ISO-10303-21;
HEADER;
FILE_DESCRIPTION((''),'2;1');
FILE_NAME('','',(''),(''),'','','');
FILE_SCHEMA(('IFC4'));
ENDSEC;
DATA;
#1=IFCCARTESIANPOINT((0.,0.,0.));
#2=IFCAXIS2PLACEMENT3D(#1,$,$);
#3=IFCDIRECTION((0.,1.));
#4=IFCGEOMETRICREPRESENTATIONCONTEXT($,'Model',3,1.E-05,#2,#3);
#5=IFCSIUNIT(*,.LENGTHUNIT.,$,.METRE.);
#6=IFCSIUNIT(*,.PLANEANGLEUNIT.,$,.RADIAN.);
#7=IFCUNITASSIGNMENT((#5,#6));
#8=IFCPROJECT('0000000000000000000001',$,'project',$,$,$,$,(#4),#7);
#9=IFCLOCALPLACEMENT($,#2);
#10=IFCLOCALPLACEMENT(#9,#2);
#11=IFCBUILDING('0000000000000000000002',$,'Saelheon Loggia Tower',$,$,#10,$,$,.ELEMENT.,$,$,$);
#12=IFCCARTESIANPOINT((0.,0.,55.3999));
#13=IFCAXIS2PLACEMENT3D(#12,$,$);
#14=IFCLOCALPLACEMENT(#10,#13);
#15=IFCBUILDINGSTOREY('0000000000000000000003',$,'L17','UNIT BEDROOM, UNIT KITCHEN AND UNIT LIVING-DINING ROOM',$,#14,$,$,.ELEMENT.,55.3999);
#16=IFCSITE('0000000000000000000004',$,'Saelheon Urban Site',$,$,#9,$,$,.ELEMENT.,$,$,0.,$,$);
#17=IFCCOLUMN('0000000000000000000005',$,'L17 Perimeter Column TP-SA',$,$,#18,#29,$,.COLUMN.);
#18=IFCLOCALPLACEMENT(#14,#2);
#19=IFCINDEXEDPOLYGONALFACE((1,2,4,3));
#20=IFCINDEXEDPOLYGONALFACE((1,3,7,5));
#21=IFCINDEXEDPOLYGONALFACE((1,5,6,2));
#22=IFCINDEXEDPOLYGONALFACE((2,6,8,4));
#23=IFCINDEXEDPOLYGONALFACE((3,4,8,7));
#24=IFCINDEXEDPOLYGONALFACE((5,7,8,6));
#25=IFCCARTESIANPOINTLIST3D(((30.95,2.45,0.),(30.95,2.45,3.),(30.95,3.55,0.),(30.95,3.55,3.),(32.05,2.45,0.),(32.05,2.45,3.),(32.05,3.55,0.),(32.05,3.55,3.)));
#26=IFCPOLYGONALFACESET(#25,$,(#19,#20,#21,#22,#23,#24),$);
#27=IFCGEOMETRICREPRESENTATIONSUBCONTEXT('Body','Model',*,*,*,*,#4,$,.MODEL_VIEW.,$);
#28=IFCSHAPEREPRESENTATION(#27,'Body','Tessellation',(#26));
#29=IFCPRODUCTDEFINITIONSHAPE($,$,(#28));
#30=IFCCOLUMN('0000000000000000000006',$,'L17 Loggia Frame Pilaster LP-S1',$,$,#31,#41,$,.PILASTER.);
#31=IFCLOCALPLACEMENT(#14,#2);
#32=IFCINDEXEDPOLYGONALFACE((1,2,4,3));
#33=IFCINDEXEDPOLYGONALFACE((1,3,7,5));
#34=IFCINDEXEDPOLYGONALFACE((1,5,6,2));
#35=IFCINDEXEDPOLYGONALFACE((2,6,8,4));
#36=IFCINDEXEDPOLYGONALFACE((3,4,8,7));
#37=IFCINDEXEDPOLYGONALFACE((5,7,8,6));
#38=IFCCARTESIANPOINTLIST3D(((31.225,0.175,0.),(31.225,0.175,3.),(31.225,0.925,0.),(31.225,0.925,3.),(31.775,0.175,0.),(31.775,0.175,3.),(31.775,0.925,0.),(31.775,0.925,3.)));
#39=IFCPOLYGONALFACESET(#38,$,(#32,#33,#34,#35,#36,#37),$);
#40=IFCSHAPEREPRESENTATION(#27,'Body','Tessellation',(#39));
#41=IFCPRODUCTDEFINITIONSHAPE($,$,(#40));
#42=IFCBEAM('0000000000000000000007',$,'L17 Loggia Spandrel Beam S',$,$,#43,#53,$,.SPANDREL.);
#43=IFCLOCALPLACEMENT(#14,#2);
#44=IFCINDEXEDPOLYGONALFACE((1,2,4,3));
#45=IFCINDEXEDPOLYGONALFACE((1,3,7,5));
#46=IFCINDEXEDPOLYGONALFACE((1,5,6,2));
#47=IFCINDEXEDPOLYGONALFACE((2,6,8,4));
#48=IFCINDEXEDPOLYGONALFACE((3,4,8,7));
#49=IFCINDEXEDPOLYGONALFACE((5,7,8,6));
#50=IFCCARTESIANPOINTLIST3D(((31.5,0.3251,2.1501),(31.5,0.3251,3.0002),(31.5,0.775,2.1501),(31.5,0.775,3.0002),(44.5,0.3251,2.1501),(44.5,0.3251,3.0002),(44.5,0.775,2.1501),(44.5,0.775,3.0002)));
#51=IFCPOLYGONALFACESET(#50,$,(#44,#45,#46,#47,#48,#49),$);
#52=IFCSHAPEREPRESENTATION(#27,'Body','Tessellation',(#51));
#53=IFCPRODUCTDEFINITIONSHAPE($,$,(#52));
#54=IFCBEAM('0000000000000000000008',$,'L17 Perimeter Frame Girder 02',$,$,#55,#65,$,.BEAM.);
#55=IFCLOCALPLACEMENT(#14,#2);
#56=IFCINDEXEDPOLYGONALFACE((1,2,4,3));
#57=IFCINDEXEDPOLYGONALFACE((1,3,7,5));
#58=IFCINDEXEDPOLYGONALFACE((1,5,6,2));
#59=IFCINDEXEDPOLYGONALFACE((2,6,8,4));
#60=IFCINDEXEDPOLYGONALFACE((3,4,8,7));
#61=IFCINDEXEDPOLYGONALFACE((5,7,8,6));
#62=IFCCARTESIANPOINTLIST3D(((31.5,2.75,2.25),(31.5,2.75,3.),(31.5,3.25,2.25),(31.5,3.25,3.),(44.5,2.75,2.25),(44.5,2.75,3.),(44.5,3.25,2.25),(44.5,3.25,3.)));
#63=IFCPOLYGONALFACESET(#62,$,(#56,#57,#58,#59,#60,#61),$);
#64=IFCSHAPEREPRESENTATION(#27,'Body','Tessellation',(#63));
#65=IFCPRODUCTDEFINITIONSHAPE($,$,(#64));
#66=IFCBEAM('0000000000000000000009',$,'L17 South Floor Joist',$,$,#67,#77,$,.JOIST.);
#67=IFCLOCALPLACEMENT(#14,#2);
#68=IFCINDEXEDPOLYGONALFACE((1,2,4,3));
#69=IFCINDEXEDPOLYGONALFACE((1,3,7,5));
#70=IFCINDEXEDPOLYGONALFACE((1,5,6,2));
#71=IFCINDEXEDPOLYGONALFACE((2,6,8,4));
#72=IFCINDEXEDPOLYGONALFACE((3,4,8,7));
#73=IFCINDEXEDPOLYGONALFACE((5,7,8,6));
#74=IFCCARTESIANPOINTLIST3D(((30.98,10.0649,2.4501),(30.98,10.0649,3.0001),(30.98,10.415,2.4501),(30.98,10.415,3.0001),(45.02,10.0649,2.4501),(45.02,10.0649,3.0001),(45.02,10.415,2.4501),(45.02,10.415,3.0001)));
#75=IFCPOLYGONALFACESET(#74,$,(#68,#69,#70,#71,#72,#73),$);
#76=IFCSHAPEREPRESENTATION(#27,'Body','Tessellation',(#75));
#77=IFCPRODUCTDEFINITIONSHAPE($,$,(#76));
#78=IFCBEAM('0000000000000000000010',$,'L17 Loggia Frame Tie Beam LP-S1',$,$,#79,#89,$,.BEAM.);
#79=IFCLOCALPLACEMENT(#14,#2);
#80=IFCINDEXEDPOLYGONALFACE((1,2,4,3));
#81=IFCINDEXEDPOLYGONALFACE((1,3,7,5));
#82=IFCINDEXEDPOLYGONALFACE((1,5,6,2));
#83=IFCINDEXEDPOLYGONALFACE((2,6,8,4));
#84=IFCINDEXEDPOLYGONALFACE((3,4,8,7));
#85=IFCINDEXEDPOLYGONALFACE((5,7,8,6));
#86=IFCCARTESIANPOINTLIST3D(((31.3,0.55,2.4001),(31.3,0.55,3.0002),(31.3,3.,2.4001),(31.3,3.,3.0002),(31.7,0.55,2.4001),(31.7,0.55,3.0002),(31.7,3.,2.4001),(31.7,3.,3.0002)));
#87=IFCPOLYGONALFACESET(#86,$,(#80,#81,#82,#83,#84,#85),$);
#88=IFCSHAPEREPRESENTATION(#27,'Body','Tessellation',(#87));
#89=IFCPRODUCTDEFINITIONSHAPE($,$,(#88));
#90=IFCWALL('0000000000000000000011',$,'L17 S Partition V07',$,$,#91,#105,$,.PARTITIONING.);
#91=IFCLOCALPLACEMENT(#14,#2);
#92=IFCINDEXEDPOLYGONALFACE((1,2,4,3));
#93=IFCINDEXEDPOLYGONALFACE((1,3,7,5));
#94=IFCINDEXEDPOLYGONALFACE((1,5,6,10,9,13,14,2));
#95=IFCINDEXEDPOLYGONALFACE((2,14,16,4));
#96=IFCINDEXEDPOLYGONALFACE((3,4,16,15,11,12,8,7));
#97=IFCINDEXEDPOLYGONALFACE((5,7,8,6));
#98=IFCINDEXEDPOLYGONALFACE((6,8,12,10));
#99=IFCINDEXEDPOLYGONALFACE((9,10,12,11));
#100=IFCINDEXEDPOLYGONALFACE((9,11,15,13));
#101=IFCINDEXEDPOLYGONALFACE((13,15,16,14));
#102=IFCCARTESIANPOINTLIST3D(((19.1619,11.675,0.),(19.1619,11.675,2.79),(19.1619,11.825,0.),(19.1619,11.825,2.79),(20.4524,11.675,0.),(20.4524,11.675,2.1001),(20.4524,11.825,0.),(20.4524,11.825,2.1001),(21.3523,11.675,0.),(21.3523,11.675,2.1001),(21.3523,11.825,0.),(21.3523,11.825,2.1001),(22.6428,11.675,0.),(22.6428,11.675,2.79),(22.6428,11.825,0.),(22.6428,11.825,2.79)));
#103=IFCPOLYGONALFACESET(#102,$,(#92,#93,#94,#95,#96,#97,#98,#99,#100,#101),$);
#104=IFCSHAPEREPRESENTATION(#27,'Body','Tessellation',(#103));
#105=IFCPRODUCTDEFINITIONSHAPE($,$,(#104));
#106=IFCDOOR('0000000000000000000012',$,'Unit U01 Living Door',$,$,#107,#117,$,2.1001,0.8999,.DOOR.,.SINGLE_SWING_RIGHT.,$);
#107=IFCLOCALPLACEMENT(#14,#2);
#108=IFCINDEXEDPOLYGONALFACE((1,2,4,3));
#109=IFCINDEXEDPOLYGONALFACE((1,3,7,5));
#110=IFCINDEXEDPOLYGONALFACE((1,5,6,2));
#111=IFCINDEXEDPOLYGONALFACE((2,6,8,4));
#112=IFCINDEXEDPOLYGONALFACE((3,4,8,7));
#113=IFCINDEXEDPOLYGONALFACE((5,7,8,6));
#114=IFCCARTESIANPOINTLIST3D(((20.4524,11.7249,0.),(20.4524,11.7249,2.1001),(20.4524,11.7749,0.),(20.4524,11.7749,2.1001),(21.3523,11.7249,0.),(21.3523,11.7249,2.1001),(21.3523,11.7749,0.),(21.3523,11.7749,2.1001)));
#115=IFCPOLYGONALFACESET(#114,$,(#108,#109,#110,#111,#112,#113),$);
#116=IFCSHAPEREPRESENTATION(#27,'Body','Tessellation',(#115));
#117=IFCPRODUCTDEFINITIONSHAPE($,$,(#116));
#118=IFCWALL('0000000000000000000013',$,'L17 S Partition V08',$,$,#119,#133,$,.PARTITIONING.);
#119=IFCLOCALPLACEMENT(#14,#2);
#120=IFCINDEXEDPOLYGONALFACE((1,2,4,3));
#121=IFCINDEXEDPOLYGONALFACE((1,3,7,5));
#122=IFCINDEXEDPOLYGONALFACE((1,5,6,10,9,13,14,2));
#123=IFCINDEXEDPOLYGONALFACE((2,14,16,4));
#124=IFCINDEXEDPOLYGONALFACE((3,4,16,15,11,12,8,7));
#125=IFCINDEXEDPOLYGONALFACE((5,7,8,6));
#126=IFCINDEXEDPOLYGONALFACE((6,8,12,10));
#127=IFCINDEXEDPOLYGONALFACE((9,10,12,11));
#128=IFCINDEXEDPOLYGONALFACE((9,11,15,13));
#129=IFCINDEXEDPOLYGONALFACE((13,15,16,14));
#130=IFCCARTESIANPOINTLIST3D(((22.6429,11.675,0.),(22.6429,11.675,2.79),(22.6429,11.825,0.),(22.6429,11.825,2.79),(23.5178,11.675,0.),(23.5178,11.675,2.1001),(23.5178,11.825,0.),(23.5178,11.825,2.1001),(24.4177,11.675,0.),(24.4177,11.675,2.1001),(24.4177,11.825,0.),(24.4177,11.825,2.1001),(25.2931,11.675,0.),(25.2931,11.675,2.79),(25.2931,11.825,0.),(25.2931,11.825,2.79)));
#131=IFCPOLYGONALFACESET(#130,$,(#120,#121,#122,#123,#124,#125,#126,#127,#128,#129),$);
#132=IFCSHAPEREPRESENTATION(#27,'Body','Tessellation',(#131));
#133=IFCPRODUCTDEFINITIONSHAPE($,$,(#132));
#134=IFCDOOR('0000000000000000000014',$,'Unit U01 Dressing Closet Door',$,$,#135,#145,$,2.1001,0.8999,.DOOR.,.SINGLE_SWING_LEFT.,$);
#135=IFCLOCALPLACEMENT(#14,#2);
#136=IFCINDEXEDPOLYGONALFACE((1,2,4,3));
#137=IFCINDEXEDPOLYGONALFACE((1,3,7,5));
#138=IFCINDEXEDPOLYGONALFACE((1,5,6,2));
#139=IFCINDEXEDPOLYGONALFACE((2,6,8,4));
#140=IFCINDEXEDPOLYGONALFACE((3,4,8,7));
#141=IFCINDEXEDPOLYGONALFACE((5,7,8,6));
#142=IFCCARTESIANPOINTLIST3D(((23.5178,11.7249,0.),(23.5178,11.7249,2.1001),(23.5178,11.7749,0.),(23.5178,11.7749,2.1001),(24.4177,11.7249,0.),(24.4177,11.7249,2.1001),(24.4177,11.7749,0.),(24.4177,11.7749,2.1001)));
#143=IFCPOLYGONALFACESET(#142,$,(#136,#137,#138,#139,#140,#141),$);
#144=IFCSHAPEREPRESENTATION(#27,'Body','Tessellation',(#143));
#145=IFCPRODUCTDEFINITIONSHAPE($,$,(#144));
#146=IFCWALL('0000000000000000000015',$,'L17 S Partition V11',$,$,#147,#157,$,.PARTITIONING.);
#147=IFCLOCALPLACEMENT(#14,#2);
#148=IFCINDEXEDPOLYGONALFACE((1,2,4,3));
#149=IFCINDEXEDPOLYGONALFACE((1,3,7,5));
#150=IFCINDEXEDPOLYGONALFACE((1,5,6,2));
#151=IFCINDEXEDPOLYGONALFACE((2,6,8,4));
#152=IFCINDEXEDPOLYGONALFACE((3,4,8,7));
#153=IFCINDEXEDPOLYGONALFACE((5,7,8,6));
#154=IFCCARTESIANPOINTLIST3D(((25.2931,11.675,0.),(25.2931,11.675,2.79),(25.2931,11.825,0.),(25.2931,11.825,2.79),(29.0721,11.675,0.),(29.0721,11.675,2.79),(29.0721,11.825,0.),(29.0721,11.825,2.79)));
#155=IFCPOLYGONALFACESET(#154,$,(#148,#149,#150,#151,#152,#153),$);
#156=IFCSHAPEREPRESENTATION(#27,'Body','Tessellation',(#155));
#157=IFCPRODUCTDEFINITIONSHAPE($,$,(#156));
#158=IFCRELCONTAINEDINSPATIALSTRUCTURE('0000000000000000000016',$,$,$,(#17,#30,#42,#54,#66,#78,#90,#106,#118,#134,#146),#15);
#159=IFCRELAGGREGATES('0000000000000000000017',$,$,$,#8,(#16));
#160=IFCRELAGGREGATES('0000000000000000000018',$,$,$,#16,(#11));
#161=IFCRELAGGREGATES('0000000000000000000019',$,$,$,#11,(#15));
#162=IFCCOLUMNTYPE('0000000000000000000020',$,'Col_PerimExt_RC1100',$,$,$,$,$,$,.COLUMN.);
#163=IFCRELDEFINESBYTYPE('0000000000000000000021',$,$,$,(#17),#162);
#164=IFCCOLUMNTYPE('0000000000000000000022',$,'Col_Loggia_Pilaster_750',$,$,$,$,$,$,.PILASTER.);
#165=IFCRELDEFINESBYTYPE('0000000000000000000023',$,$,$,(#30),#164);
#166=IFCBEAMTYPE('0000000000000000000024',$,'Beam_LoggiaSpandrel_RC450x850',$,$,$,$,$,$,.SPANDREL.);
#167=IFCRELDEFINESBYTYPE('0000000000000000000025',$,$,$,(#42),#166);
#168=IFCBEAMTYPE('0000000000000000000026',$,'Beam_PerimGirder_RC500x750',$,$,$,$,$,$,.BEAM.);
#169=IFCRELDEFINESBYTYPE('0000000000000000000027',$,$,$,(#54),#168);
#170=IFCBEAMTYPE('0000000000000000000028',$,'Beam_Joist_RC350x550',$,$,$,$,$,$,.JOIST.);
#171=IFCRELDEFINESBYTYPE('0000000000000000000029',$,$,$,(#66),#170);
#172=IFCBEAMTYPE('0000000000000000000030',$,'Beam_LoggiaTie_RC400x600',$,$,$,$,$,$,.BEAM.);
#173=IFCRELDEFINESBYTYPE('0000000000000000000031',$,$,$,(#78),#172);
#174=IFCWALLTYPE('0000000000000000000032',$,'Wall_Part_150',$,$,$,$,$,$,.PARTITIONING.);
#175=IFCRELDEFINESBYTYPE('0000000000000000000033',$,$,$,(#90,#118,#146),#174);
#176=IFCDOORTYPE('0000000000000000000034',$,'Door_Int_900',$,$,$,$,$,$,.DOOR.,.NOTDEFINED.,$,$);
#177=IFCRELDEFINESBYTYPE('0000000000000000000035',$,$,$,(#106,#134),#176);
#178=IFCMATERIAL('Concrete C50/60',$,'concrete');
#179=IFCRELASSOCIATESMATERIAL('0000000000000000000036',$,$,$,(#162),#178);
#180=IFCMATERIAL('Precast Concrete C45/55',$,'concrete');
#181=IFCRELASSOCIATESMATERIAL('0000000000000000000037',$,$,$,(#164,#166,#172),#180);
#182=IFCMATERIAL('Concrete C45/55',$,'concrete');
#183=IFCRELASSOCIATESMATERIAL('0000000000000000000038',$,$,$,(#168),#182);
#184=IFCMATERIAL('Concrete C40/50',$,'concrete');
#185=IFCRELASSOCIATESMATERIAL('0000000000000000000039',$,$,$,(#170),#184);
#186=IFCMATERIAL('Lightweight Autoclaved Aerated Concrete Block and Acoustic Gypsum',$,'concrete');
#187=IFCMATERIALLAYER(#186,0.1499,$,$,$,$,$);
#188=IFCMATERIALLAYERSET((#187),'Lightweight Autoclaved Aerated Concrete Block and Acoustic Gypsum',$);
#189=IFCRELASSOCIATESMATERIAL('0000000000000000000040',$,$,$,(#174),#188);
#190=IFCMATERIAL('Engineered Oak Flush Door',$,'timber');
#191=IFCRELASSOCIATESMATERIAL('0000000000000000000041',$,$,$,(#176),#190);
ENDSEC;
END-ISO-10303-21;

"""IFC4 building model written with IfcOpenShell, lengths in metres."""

from ifc_helpers import new_model, si_unit, direction, frame, frame_2d, origin, origin_2d, place, context, subcontext, project, spatial, rectangle, extrude, source, transform, mapped, material, layer, layer_set, material_profile, profile_set, type_object, element, fill, save


model = new_model("IFC4")

# Units and contexts
model_context = context("Model", 3, precision=1e-05, world=origin(), true_north=direction((0.0, 1.0)))
body_context = subcontext(model_context, "Body", "Model", "MODEL_VIEW")
ifc_project = project(units=[si_unit("LENGTHUNIT", "METRE"), si_unit("PLANEANGLEUNIT", "RADIAN")], contexts=[model_context])

# Site, building, storey
site_placement = place(None, origin())
site = spatial("IfcSite", under=ifc_project, at=site_placement, Name="Saelheon Urban Site", CompositionType="ELEMENT", RefElevation=0.0)
building_placement = place(site_placement, origin())
building = spatial("IfcBuilding", under=site, at=building_placement, Name="Saelheon Loggia Tower", CompositionType="ELEMENT")
storey_placement = place(building_placement, frame((0.0, 0.0, 55.3999)))
storey = spatial("IfcBuildingStorey", under=building, at=storey_placement, Name="L17", Description="UNIT BEDROOM, UNIT KITCHEN AND UNIT LIVING-DINING ROOM", CompositionType="ELEMENT", Elevation=55.3999)

# Columns
ifc_material_1 = material(Name="Concrete C50/60", Category="concrete")
ifc_material_profile_1 = material_profile(ifc_material_1, rectangle(XDim=1.1001, YDim=1.1001, at=origin_2d()), Name="RC-1100x1100")
ifc_profile_set_1 = profile_set([ifc_material_profile_1], Name="Concrete C50/60")
column_type_1 = type_object("IfcColumnType", Name="Col_PerimExt_RC1100", PredefinedType="COLUMN", material=ifc_profile_set_1)
shared_shape_1 = source(origin(), body_context, "Body", "SweptSolid", [
    extrude(rectangle(XDim=1.1001, YDim=1.1001, at=origin_2d()), origin(), (0.0, 0.0, 1.0), 3.0),
])
column_1_placement = place(storey_placement, frame((31.5, 3.0, 0.0), z_axis=(0.0, 0.0, 1.0), x_axis=(1.0, 0.0, 0.0)))
element("IfcColumn", 1, at=column_1_placement, inside=storey, type_object=column_type_1, Name="L17 Perimeter Column TP-SA", PredefinedType="COLUMN", context=body_context, shape_type="MappedRepresentation", body=[
    mapped(shared_shape_1, transform((0.0, 0.0, 0.0), scale=1.0)),
])
ifc_material_2 = material(Name="Precast Concrete C45/55", Category="concrete")
ifc_material_profile_2 = material_profile(ifc_material_2, rectangle(XDim=0.55, YDim=0.75, at=origin_2d()), Name="RC-550x750")
ifc_profile_set_2 = profile_set([ifc_material_profile_2], Name="Precast Concrete C45/55")
column_type_2 = type_object("IfcColumnType", Name="Col_Loggia_Pilaster_750", PredefinedType="PILASTER", material=ifc_profile_set_2)
shared_shape_2 = source(origin(), body_context, "Body", "SweptSolid", [
    extrude(rectangle(XDim=0.55, YDim=0.75, at=origin_2d()), origin(), (0.0, 0.0, 1.0), 3.0),
])
column_2_placement = place(storey_placement, frame((31.5, 0.55, 0.0), z_axis=(0.0, 0.0, 1.0), x_axis=(1.0, 0.0, 0.0)))
element("IfcColumn", 2, at=column_2_placement, inside=storey, type_object=column_type_2, Name="L17 Loggia Frame Pilaster LP-S1", PredefinedType="PILASTER", context=body_context, shape_type="MappedRepresentation", body=[
    mapped(shared_shape_2, transform((0.0, 0.0, 0.0), scale=1.0)),
])

# Beams
ifc_material_profile_3 = material_profile(ifc_material_2, rectangle(XDim=0.45, YDim=0.8501, at=origin_2d()), Name="RC-450x850")
ifc_profile_set_3 = profile_set([ifc_material_profile_3], Name="Precast Concrete C45/55")
beam_type_1 = type_object("IfcBeamType", Name="Beam_LoggiaSpandrel_RC450x850", PredefinedType="SPANDREL", material=ifc_profile_set_3)
shared_shape_3 = source(origin(), body_context, "Body", "SweptSolid", [
    extrude(rectangle(XDim=0.45, YDim=0.8501, at=origin_2d()), origin(), (0.0, 0.0, 1.0), 13.0),
])
beam_1_placement = place(storey_placement, frame((31.5, 0.55, 2.5752), z_axis=(1.0, 0.0, 0.0), x_axis=(0.0, 1.0, 0.0)))
element("IfcBeam", 3, at=beam_1_placement, inside=storey, type_object=beam_type_1, Name="L17 Loggia Spandrel Beam S", PredefinedType="SPANDREL", context=body_context, shape_type="MappedRepresentation", body=[
    mapped(shared_shape_3, transform((0.0, 0.0, 0.0), scale=1.0)),
])
ifc_material_3 = material(Name="Concrete C45/55", Category="concrete")
ifc_material_profile_4 = material_profile(ifc_material_3, rectangle(XDim=0.5, YDim=0.75, at=origin_2d()), Name="RC-500x750")
ifc_profile_set_4 = profile_set([ifc_material_profile_4], Name="Concrete C45/55")
beam_type_2 = type_object("IfcBeamType", Name="Beam_PerimGirder_RC500x750", PredefinedType="BEAM", material=ifc_profile_set_4)
shared_shape_4 = source(origin(), body_context, "Body", "SweptSolid", [
    extrude(rectangle(XDim=0.5, YDim=0.75, at=origin_2d()), origin(), (0.0, 0.0, 1.0), 13.0),
])
beam_2_placement = place(storey_placement, frame((31.5, 3.0, 2.625), z_axis=(1.0, 0.0, 0.0), x_axis=(0.0, 1.0, 0.0)))
element("IfcBeam", 4, at=beam_2_placement, inside=storey, type_object=beam_type_2, Name="L17 Perimeter Frame Girder 02", PredefinedType="BEAM", context=body_context, shape_type="MappedRepresentation", body=[
    mapped(shared_shape_4, transform((0.0, 0.0, 0.0), scale=1.0)),
])
ifc_material_4 = material(Name="Concrete C40/50", Category="concrete")
ifc_material_profile_5 = material_profile(ifc_material_4, rectangle(XDim=0.3501, YDim=0.55, at=origin_2d()), Name="RC-350x550")
ifc_profile_set_5 = profile_set([ifc_material_profile_5], Name="Concrete C40/50")
beam_type_3 = type_object("IfcBeamType", Name="Beam_Joist_RC350x550", PredefinedType="JOIST", material=ifc_profile_set_5)
shared_shape_5 = source(origin(), body_context, "Body", "SweptSolid", [
    extrude(rectangle(XDim=0.3501, YDim=0.55, at=origin_2d()), origin(), (0.0, 0.0, 1.0), 14.04),
])
beam_3_placement = place(storey_placement, frame((30.98, 10.24, 2.7251), z_axis=(1.0, 0.0, 0.0), x_axis=(0.0, 1.0, 0.0)))
element("IfcBeam", 5, at=beam_3_placement, inside=storey, type_object=beam_type_3, Name="L17 South Floor Joist", PredefinedType="JOIST", context=body_context, shape_type="MappedRepresentation", body=[
    mapped(shared_shape_5, transform((0.0, 0.0, 0.0), scale=1.0)),
])
ifc_material_profile_6 = material_profile(ifc_material_2, rectangle(XDim=0.3999, YDim=0.6001, at=origin_2d()), Name="RC-400x600")
ifc_profile_set_6 = profile_set([ifc_material_profile_6], Name="Precast Concrete C45/55")
beam_type_4 = type_object("IfcBeamType", Name="Beam_LoggiaTie_RC400x600", PredefinedType="BEAM", material=ifc_profile_set_6)
shared_shape_6 = source(origin(), body_context, "Body", "SweptSolid", [
    extrude(rectangle(XDim=0.3999, YDim=0.6001, at=origin_2d()), origin(), (0.0, 0.0, 1.0), 2.45),
])
beam_4_placement = place(storey_placement, frame((31.5, 3.0, 2.7002), z_axis=(0.0, -1.0, 0.0), x_axis=(1.0, 0.0, 0.0)))
element("IfcBeam", 6, at=beam_4_placement, inside=storey, type_object=beam_type_4, Name="L17 Loggia Frame Tie Beam LP-S1", PredefinedType="BEAM", context=body_context, shape_type="MappedRepresentation", body=[
    mapped(shared_shape_6, transform((0.0, 0.0, 0.0), scale=1.0)),
])

# Walls, openings, doors
ifc_material_5 = material(Name="Lightweight Autoclaved Aerated Concrete Block and Acoustic Gypsum", Category="concrete")
ifc_layer_1 = layer(ifc_material_5, 0.1499)
ifc_layer_set_1 = layer_set([ifc_layer_1], Name="Lightweight Autoclaved Aerated Concrete Block and Acoustic Gypsum")
wall_type_1 = type_object("IfcWallType", Name="Wall_Part_150", PredefinedType="PARTITIONING", material=ifc_layer_set_1)
wall_1_placement = place(storey_placement, frame((19.1619, 11.75, 0.0), z_axis=(0.0, 0.0, 1.0), x_axis=(1.0, 0.0, 0.0)))
wall_1 = element("IfcWall", 7, at=wall_1_placement, inside=storey, type_object=wall_type_1, Name="L17 S Partition V07", PredefinedType="PARTITIONING", context=body_context, shape_type="SweptSolid", body=[
    extrude(rectangle(XDim=3.481, YDim=0.1499, at=frame_2d((1.7405, 0.0))), origin(), (0.0, 0.0, 1.0), 2.79),
])
opening_1_placement = place(wall_1_placement, frame((1.2905, 0.0, 0.0)))
opening_1 = element("IfcOpeningElement", 8, at=opening_1_placement, cuts=wall_1, PredefinedType="OPENING", context=body_context, shape_type="SweptSolid", body=[
    extrude(rectangle(XDim=0.8999, YDim=2.1001, at=frame_2d((0.45, 1.05))), frame((0.0, 0.0869, 0.0), z_axis=(0.0, -1.0, 0.0), x_axis=(1.0, 0.0, 0.0)), (0.0, 0.0, 1.0), 0.1738),
])
ifc_material_6 = material(Name="Engineered Oak Flush Door", Category="timber")
door_type_1 = type_object("IfcDoorType", Name="Door_Int_900", OperationType="NOTDEFINED", PredefinedType="DOOR", material=ifc_material_6)
shared_shape_7 = source(origin(), body_context, "Body", "SweptSolid", [
    extrude(rectangle(XDim=0.8999, YDim=2.1001, at=frame_2d((0.45, 1.05))), frame((0.0, 0.0249, 0.0), z_axis=(0.0, -1.0, 0.0), x_axis=(1.0, 0.0, 0.0)), (0.0, 0.0, 1.0), 0.05),
])
door_1_placement = place(opening_1_placement, origin())
door_1 = element("IfcDoor", 9, at=door_1_placement, inside=storey, type_object=door_type_1, Name="Unit U01 Living Door", OperationType="SINGLE_SWING_RIGHT", OverallHeight=2.1001, OverallWidth=0.8999, PredefinedType="DOOR", context=body_context, shape_type="MappedRepresentation", body=[
    mapped(shared_shape_7, transform((0.0, 0.0, 0.0), scale=1.0)),
])
fill(opening_1, door_1)
wall_2_placement = place(storey_placement, frame((22.6428, 11.75, 0.0), z_axis=(0.0, 0.0, 1.0), x_axis=(1.0, 0.0, 0.0)))
wall_2 = element("IfcWall", 10, at=wall_2_placement, inside=storey, type_object=wall_type_1, Name="L17 S Partition V08", PredefinedType="PARTITIONING", context=body_context, shape_type="SweptSolid", body=[
    extrude(rectangle(XDim=2.6501, YDim=0.1499, at=frame_2d((1.3252, 0.0))), origin(), (0.0, 0.0, 1.0), 2.79),
])
opening_2_placement = place(wall_2_placement, frame((0.875, 0.0, 0.0)))
opening_2 = element("IfcOpeningElement", 11, at=opening_2_placement, cuts=wall_2, PredefinedType="OPENING", context=body_context, shape_type="SweptSolid", body=[
    extrude(rectangle(XDim=0.8999, YDim=2.1001, at=frame_2d((0.45, 1.05))), frame((0.0, 0.0869, 0.0), z_axis=(0.0, -1.0, 0.0), x_axis=(1.0, 0.0, 0.0)), (0.0, 0.0, 1.0), 0.1738),
])
door_2_placement = place(opening_2_placement, origin())
door_2 = element("IfcDoor", 12, at=door_2_placement, inside=storey, type_object=door_type_1, Name="Unit U01 Dressing Closet Door", OperationType="SINGLE_SWING_LEFT", OverallHeight=2.1001, OverallWidth=0.8999, PredefinedType="DOOR", context=body_context, shape_type="MappedRepresentation", body=[
    mapped(shared_shape_7, transform((0.0, 0.0, 0.0), scale=1.0)),
])
fill(opening_2, door_2)

# Wall
wall_3_placement = place(storey_placement, frame((25.293, 11.75, 0.0), z_axis=(0.0, 0.0, 1.0), x_axis=(1.0, 0.0, 0.0)))
element("IfcWall", 13, at=wall_3_placement, inside=storey, type_object=wall_type_1, Name="L17 S Partition V11", PredefinedType="PARTITIONING", context=body_context, shape_type="SweptSolid", body=[
    extrude(rectangle(XDim=3.7791, YDim=0.1499, at=frame_2d((1.8896, 0.0))), origin(), (0.0, 0.0, 1.0), 2.79),
])

save(model, "model.ifc")
